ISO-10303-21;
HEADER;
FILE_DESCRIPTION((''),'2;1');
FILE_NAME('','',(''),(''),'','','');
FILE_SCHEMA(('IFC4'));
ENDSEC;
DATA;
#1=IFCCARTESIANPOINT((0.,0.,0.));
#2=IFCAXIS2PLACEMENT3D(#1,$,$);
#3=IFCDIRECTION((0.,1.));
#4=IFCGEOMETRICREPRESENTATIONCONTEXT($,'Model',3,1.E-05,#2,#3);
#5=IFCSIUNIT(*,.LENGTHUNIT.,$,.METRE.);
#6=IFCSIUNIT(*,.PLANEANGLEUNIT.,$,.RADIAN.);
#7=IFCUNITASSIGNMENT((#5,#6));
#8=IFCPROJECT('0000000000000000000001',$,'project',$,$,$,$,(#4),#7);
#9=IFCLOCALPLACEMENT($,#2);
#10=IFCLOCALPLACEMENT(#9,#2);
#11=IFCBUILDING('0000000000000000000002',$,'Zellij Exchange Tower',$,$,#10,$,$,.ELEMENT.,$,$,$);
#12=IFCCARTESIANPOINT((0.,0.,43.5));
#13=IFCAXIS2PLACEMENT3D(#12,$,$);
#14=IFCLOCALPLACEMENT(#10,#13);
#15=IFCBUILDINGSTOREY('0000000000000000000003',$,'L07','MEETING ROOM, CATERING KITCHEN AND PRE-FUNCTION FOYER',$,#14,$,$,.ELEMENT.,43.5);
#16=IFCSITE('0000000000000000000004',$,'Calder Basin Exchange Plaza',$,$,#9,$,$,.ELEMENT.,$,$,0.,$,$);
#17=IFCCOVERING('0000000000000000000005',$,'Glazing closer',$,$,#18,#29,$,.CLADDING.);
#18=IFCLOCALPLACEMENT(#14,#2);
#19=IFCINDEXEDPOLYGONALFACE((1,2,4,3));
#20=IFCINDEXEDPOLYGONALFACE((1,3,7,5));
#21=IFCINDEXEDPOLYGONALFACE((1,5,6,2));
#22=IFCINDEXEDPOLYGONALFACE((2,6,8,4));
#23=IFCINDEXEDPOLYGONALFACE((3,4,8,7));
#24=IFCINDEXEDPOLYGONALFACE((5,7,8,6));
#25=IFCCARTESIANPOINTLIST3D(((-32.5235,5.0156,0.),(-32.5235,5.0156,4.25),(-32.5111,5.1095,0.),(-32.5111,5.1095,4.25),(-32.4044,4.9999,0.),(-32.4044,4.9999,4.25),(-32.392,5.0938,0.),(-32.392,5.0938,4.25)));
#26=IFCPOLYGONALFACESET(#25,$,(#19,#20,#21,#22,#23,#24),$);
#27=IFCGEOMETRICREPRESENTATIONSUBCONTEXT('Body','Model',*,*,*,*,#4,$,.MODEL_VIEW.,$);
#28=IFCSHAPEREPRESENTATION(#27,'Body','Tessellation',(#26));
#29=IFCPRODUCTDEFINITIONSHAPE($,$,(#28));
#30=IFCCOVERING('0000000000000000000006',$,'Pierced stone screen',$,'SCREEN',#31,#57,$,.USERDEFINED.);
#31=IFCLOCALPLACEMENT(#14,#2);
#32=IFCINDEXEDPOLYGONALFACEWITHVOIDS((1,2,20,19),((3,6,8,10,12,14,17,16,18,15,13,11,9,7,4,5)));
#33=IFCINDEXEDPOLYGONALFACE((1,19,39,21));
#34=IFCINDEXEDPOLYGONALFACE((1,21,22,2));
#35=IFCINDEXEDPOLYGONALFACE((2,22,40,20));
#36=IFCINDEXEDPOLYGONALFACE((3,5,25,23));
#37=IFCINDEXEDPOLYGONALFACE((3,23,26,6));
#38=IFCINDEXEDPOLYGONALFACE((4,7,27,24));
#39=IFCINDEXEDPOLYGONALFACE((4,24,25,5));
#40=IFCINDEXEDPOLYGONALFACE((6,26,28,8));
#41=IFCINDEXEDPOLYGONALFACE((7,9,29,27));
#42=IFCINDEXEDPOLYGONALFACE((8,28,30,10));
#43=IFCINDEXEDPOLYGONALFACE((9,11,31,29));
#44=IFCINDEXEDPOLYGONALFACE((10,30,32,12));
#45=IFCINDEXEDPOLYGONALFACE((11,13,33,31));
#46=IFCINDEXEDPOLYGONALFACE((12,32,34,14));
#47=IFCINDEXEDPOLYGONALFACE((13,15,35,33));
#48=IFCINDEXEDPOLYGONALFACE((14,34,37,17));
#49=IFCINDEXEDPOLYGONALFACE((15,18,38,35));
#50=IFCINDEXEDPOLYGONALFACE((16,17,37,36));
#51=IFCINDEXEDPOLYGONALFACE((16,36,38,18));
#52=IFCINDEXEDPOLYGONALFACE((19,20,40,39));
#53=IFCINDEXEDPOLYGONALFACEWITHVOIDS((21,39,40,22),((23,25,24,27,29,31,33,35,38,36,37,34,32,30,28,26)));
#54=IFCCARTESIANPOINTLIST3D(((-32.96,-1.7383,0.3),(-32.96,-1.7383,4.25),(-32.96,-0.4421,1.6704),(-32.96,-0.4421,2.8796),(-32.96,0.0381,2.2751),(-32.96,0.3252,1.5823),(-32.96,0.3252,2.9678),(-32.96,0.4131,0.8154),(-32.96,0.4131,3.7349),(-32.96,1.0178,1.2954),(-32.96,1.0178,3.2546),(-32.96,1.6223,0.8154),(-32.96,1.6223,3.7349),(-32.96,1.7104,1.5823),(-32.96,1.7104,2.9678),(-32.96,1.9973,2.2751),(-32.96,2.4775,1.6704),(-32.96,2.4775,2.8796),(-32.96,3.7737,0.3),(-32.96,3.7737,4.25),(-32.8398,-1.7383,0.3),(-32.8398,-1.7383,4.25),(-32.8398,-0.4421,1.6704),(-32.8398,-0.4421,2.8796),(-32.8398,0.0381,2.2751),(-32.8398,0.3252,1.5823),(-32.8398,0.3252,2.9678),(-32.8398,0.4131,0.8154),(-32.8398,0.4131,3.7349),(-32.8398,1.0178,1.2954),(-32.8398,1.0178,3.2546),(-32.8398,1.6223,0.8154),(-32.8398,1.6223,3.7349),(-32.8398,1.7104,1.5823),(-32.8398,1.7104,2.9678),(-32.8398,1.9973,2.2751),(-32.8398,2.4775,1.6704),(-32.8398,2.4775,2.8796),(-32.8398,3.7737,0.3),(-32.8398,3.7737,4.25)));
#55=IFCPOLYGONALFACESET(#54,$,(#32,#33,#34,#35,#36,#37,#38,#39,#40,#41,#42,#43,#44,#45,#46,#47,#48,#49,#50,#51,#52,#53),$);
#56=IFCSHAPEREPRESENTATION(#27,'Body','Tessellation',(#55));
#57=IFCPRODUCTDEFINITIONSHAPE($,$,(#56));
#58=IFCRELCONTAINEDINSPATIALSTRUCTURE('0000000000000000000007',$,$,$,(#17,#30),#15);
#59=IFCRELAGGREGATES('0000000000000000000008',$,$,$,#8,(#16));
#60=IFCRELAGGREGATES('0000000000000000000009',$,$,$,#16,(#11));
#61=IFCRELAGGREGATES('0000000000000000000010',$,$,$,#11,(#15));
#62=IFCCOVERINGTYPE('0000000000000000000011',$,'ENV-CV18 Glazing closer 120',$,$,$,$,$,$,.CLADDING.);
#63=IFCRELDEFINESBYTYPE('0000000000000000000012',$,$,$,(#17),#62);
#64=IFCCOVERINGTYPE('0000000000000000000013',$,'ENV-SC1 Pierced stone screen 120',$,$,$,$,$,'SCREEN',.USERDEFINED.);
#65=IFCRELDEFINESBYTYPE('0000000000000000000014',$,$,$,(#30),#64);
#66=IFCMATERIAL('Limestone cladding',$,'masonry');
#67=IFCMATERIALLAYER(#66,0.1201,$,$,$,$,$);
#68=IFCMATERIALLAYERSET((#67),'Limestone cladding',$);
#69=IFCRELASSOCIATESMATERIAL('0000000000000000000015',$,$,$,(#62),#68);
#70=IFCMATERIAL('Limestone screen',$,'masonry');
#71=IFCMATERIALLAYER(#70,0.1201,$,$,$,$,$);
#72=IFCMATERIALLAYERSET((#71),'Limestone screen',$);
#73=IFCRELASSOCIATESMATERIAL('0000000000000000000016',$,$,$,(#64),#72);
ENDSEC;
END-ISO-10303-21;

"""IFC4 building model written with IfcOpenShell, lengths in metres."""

from ifc_helpers import new_model, si_unit, direction, frame, origin, origin_2d, place, context, subcontext, project, spatial, polyline, rectangle, outline, extrude, material, layer, layer_set, type_object, element, save


model = new_model("IFC4")

# Units and contexts
model_context = context("Model", 3, precision=1e-05, world=origin(), true_north=direction((0.0, 1.0)))
body_context = subcontext(model_context, "Body", "Model", "MODEL_VIEW")
ifc_project = project(units=[si_unit("LENGTHUNIT", "METRE"), si_unit("PLANEANGLEUNIT", "RADIAN")], contexts=[model_context])

# Site, building, storey
site_placement = place(None, origin())
site = spatial("IfcSite", under=ifc_project, at=site_placement, Name="Calder Basin Exchange Plaza", CompositionType="ELEMENT", RefElevation=0.0)
building_placement = place(site_placement, origin())
building = spatial("IfcBuilding", under=site, at=building_placement, Name="Zellij Exchange Tower", CompositionType="ELEMENT")
storey_placement = place(building_placement, frame((0.0, 0.0, 43.5)))
storey = spatial("IfcBuildingStorey", under=building, at=storey_placement, Name="L07", Description="MEETING ROOM, CATERING KITCHEN AND PRE-FUNCTION FOYER", CompositionType="ELEMENT", Elevation=43.5)

# Coverings
ifc_material_1 = material(Name="Limestone cladding", Category="masonry")
ifc_layer_1 = layer(ifc_material_1, 0.1201)
ifc_layer_set_1 = layer_set([ifc_layer_1], Name="Limestone cladding")
covering_type_1 = type_object("IfcCoveringType", Name="ENV-CV18 Glazing closer 120", PredefinedType="CLADDING", material=ifc_layer_set_1)
covering_1_placement = place(storey_placement, frame((-32.4578, 5.0547, 0.0), z_axis=(0.0, 0.0, 1.0), x_axis=(-0.130499, -0.991449, 0.0)))
element("IfcCovering", 1, at=covering_1_placement, inside=storey, type_object=covering_type_1, Name="Glazing closer", PredefinedType="CLADDING", context=body_context, shape_type="SweptSolid", body=[
    extrude(rectangle(XDim=0.0947, YDim=0.1201, at=origin_2d()), origin(), (0.0, 0.0, 1.0), 4.25),
])
ifc_material_2 = material(Name="Limestone screen", Category="masonry")
ifc_layer_2 = layer(ifc_material_2, 0.1201)
ifc_layer_set_2 = layer_set([ifc_layer_2], Name="Limestone screen")
covering_type_2 = type_object("IfcCoveringType", Name="ENV-SC1 Pierced stone screen 120", ElementType="SCREEN", PredefinedType="USERDEFINED", material=ifc_layer_set_2)
covering_2_placement = place(storey_placement, frame((-32.8999, 3.7737, 0.3), z_axis=(0.0, 0.0, 1.0), x_axis=(0.0, -1.0, 0.0)))
element("IfcCovering", 2, at=covering_2_placement, inside=storey, type_object=covering_type_2, Name="Pierced stone screen", ObjectType="SCREEN", PredefinedType="USERDEFINED", context=body_context, shape_type="SweptSolid", body=[
    extrude(outline(polyline([(0.0, 0.0), (5.512, 0.0), (5.512, 3.95), (0.0, 3.95), (0.0, 0.0)]), holes=[polyline([(4.2158, 2.5796), (3.4485, 2.6677), (3.3606, 3.4348), (2.7559, 2.9546), (2.1514, 3.4348), (2.0632, 2.6677), (1.2961, 2.5796), (1.7764, 1.9751), (1.2961, 1.3704), (2.0632, 1.2822), (2.1514, 0.5154), (2.7559, 0.9954), (3.3606, 0.5154), (3.4485, 1.2822), (4.2158, 1.3704), (3.7356, 1.9751), (4.2158, 2.5796)])]), frame((0.0, 0.0601, 0.0), z_axis=(0.0, -1.0, 0.0), x_axis=(1.0, 0.0, 0.0)), (0.0, 0.0, 1.0), 0.1201),
])

save(model, "model.ifc")
